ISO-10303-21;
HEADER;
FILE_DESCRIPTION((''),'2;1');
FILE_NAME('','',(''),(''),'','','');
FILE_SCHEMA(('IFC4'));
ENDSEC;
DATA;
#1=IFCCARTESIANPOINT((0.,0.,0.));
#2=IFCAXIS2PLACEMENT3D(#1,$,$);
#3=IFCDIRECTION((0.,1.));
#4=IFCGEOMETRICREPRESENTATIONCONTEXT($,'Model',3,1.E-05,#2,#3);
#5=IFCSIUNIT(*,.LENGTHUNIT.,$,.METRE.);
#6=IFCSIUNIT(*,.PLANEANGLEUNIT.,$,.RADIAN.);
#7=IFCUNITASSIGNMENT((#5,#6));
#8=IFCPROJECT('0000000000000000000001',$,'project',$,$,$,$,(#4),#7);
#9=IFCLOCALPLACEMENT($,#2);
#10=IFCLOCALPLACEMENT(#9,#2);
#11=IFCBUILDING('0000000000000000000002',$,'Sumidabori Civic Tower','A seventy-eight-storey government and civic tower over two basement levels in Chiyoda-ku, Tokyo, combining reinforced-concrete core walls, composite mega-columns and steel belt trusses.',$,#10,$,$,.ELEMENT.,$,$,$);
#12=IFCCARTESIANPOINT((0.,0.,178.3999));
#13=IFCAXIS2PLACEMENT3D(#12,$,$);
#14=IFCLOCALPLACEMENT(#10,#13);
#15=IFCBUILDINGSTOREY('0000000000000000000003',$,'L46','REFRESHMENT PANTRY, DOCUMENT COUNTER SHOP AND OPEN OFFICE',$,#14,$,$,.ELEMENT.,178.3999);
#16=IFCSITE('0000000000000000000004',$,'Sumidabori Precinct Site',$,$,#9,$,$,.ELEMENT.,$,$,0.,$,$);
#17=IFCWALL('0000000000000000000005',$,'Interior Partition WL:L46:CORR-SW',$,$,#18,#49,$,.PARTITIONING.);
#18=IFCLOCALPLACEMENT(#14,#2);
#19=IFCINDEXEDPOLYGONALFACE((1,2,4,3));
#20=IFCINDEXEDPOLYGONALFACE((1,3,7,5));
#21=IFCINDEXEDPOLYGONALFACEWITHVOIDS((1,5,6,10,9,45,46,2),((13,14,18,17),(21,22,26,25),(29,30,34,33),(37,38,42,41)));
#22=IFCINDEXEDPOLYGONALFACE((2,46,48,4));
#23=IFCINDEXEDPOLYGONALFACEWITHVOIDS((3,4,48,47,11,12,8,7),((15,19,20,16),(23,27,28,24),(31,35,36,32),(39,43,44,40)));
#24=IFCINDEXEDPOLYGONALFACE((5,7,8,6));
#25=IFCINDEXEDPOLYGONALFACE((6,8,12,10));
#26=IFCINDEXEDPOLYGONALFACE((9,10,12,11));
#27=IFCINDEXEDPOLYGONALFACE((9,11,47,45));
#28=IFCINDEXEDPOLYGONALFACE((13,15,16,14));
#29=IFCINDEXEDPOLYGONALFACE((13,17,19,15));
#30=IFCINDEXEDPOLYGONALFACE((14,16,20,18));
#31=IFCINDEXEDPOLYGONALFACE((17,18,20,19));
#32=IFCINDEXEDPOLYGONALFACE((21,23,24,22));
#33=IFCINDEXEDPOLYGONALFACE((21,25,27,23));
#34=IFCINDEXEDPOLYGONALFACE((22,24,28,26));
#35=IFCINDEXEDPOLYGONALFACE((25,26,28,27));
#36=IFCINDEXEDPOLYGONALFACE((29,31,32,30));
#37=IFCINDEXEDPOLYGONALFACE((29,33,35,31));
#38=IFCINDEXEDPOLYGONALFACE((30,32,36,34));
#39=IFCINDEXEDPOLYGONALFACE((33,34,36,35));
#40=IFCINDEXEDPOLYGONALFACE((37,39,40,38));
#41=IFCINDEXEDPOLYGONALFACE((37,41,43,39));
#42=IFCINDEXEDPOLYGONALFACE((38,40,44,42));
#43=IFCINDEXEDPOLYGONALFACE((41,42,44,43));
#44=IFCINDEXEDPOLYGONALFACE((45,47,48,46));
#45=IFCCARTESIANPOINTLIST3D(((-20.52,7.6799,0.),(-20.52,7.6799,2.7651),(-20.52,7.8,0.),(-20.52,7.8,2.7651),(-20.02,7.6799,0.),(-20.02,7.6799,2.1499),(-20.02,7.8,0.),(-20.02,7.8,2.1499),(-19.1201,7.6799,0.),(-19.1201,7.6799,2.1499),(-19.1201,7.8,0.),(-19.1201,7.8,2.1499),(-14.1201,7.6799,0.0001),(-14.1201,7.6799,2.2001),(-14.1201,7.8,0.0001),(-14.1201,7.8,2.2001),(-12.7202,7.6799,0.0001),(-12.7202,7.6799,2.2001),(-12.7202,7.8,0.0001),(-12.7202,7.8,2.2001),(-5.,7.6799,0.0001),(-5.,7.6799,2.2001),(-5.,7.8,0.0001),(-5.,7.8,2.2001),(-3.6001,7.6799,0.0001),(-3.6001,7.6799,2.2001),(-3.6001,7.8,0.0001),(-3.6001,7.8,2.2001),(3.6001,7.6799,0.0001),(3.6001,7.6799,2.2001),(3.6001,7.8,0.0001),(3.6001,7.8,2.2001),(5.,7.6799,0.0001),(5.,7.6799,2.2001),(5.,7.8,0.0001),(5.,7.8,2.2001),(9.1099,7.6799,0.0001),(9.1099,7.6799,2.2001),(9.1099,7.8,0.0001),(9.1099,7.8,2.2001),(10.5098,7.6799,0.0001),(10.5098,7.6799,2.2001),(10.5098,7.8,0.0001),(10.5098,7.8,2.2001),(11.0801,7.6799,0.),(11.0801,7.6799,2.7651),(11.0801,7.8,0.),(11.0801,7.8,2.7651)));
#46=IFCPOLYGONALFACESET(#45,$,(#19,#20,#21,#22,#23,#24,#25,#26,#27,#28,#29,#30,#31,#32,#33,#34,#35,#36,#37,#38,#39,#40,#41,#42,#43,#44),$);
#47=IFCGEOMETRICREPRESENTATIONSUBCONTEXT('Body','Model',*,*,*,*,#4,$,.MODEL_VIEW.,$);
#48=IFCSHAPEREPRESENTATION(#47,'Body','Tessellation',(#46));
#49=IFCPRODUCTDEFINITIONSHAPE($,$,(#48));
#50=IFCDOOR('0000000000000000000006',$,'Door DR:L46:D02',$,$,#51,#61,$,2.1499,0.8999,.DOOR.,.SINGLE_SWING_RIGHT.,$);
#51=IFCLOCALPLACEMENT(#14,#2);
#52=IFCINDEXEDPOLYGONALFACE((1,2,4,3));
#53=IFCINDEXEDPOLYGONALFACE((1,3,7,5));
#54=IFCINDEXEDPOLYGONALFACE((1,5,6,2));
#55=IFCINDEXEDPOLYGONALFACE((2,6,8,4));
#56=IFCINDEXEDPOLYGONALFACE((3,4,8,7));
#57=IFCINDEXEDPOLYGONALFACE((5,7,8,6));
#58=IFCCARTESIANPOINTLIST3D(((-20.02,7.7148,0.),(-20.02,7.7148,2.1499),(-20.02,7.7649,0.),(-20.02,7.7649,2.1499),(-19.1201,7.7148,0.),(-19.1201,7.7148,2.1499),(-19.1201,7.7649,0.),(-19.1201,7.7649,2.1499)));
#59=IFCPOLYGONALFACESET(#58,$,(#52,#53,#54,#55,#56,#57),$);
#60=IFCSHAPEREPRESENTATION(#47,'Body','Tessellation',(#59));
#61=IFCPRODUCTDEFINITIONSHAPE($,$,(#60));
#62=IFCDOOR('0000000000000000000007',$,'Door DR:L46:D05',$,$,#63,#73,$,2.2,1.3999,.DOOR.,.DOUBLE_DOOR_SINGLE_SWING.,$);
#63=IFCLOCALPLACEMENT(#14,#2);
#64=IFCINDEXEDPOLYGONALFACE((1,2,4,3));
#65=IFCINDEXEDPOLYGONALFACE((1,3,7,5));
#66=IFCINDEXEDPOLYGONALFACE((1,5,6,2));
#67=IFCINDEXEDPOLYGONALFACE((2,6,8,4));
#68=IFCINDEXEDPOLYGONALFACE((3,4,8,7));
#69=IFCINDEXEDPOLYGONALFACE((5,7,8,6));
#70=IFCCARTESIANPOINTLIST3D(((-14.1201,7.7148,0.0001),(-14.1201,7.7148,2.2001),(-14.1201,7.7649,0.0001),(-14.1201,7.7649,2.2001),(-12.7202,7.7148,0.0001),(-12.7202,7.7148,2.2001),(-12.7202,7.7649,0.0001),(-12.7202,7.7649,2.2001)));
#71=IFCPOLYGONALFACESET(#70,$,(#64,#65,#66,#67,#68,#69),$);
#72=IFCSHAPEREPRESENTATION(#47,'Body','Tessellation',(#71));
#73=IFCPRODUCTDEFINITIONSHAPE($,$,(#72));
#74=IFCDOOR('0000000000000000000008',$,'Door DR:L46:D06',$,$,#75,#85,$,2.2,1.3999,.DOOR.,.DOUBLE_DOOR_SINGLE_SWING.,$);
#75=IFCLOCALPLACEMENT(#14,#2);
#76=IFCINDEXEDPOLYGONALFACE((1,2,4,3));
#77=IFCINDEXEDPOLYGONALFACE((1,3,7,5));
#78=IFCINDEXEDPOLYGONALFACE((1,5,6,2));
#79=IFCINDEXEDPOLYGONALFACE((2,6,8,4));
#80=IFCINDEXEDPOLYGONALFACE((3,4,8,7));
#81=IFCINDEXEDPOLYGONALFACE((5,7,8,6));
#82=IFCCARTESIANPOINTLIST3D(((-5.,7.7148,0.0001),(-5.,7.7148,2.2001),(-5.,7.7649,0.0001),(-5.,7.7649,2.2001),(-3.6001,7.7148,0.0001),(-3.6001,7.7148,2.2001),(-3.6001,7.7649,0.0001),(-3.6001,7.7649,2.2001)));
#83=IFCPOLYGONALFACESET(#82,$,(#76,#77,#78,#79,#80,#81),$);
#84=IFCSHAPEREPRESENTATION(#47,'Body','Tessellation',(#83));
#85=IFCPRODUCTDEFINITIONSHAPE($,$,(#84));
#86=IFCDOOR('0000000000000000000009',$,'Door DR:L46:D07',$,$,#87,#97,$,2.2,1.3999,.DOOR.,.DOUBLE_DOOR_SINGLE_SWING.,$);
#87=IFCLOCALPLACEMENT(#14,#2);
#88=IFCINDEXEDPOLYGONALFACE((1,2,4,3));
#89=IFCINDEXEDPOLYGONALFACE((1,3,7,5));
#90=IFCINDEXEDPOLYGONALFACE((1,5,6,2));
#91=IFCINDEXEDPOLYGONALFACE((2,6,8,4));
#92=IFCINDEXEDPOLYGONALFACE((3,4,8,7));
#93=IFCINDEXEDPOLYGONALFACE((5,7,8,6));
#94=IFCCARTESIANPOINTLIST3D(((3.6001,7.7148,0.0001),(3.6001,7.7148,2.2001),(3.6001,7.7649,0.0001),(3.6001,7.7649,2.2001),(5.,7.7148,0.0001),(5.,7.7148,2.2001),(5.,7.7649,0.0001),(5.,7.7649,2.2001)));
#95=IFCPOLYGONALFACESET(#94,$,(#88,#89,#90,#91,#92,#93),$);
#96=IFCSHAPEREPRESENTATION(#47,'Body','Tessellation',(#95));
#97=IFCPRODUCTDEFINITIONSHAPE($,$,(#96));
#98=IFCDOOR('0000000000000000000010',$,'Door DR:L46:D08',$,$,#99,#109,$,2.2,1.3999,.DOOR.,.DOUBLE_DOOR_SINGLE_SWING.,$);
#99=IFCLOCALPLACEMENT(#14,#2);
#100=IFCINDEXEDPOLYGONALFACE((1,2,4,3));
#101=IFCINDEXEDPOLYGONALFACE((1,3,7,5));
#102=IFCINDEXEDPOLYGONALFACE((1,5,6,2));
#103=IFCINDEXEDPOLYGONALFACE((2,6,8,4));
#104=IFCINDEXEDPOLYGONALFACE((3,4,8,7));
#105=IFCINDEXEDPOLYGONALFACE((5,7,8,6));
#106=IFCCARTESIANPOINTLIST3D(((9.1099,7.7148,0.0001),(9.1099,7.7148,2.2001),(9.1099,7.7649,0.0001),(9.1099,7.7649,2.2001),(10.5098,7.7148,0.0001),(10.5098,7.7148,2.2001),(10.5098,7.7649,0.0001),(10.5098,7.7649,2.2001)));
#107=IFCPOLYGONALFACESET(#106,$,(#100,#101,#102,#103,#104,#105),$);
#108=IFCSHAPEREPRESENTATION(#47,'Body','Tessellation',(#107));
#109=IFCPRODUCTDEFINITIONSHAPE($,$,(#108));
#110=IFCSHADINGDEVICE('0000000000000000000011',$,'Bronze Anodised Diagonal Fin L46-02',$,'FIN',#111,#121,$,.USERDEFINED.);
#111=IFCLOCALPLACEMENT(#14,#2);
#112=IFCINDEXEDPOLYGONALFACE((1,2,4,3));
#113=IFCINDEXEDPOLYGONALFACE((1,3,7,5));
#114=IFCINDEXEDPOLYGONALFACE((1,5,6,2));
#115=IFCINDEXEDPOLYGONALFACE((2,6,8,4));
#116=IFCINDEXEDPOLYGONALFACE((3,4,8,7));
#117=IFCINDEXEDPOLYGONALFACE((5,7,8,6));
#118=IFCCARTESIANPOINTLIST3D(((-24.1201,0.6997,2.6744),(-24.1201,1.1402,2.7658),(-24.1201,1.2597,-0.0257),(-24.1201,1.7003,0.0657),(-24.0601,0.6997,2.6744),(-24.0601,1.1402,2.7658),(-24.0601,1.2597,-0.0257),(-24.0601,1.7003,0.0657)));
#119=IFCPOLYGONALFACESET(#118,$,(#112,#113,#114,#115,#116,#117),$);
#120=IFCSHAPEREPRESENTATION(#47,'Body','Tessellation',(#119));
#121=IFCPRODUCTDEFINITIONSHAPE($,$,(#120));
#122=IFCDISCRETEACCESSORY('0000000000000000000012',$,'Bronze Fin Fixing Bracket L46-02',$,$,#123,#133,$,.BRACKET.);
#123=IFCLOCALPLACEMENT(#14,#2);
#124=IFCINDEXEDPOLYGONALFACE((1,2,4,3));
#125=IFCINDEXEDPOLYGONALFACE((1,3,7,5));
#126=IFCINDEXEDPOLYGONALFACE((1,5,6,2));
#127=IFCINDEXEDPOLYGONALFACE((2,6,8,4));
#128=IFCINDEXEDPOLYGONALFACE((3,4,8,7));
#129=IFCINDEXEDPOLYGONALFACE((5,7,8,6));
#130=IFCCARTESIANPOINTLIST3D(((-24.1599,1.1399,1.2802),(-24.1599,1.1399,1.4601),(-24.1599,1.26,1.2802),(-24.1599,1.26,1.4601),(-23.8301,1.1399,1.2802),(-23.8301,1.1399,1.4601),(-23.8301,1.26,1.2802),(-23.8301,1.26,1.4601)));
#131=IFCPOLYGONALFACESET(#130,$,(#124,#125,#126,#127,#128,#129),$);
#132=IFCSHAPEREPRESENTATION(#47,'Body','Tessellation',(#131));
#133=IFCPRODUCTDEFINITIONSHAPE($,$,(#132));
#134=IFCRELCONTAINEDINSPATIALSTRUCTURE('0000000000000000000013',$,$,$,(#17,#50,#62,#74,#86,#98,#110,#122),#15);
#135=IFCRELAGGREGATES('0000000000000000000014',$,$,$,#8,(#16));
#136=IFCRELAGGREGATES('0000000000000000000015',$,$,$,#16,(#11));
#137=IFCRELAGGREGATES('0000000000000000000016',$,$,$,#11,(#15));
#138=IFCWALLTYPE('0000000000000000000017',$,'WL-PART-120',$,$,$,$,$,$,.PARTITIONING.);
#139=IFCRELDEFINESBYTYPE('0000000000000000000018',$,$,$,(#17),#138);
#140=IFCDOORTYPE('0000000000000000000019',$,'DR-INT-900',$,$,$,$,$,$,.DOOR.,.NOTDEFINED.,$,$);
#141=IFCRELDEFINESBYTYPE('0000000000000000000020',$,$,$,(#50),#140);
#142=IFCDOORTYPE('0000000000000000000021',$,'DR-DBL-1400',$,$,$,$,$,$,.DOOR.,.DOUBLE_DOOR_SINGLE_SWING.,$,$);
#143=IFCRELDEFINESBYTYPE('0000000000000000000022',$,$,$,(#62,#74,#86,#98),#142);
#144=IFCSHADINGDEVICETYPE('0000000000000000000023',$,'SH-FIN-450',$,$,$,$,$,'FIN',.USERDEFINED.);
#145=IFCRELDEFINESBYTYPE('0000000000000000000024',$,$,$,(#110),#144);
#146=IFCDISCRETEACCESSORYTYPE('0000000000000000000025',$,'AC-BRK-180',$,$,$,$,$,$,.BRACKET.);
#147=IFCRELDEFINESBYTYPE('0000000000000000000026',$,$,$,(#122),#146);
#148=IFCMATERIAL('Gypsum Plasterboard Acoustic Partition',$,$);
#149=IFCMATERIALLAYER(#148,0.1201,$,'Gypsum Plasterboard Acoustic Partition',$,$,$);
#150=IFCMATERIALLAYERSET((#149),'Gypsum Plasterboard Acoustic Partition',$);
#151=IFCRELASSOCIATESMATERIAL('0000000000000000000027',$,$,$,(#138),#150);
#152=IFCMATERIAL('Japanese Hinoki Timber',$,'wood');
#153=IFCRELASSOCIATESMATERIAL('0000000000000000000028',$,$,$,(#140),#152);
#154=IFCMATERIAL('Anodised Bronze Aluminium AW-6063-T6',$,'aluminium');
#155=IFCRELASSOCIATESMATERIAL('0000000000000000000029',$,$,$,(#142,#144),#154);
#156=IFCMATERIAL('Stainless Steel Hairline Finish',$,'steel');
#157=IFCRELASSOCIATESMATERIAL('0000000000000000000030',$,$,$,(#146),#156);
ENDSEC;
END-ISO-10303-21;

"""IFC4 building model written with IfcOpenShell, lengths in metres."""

from ifc_helpers import new_model, si_unit, direction, frame, frame_2d, origin, origin_2d, place, context, subcontext, project, spatial, rectangle, extrude, source, transform, mapped, material, layer, layer_set, material_profile, profile_set, type_object, element, fill, save


model = new_model("IFC4")

# Units and contexts
model_context = context("Model", 3, precision=1e-05, world=origin(), true_north=direction((0.0, 1.0)))
body_context = subcontext(model_context, "Body", "Model", "MODEL_VIEW")
ifc_project = project(units=[si_unit("LENGTHUNIT", "METRE"), si_unit("PLANEANGLEUNIT", "RADIAN")], contexts=[model_context])

# Site, building, storey
site_placement = place(None, origin())
site = spatial("IfcSite", under=ifc_project, at=site_placement, Name="Sumidabori Precinct Site", CompositionType="ELEMENT", RefElevation=0.0)
building_placement = place(site_placement, origin())
building = spatial("IfcBuilding", under=site, at=building_placement, Name="Sumidabori Civic Tower", Description="A seventy-eight-storey government and civic tower over two basement levels in Chiyoda-ku, Tokyo, combining reinforced-concrete core walls, composite mega-columns and steel belt trusses.", CompositionType="ELEMENT")
storey_placement = place(building_placement, frame((0.0, 0.0, 178.3999)))
storey = spatial("IfcBuildingStorey", under=building, at=storey_placement, Name="L46", Description="REFRESHMENT PANTRY, DOCUMENT COUNTER SHOP AND OPEN OFFICE", CompositionType="ELEMENT", Elevation=178.3999)

# Shared definitions
ifc_material_1 = material(Name="Anodised Bronze Aluminium AW-6063-T6", Category="aluminium")

# Shared definitions
ifc_material_2 = material(Name="Gypsum Plasterboard Acoustic Partition")
ifc_layer_1 = layer(ifc_material_2, 0.1201, Name="Gypsum Plasterboard Acoustic Partition")
ifc_layer_set_1 = layer_set([ifc_layer_1], Name="Gypsum Plasterboard Acoustic Partition")
wall_type = type_object("IfcWallType", Name="WL-PART-120", PredefinedType="PARTITIONING", material=ifc_layer_set_1)
ifc_material_3 = material(Name="Japanese Hinoki Timber", Category="wood")
door_type_1 = type_object("IfcDoorType", Name="DR-INT-900", OperationType="NOTDEFINED", PredefinedType="DOOR", material=ifc_material_3)
shared_shape_1 = source(origin(), body_context, "Body", "SweptSolid", [
    extrude(rectangle(XDim=0.8999, YDim=2.1499, at=frame_2d((0.45, 1.075))), frame((0.0, 0.0249, 0.0), z_axis=(0.0, -1.0, 0.0), x_axis=(1.0, 0.0, 0.0)), (0.0, 0.0, 1.0), 0.05),
])

# Wall, openings, doors
shared_shape_2 = source(origin(), body_context, "Body", "SweptSolid", [
    extrude(rectangle(XDim=31.6001, YDim=0.1201, at=frame_2d((15.8, 0.0))), origin(), (0.0, 0.0, 1.0), 2.7651),
])
wall_1_placement = place(storey_placement, frame((-20.52, 7.74, 0.0), z_axis=(0.0, 0.0, 1.0), x_axis=(1.0, 0.0, 0.0)))
wall_1 = element("IfcWall", 1, at=wall_1_placement, inside=storey, type_object=wall_type, Name="Interior Partition WL:L46:CORR-SW", PredefinedType="PARTITIONING", context=body_context, shape_type="MappedRepresentation", body=[
    mapped(shared_shape_2, transform((0.0, 0.0, 0.0), x_axis=(1.0, 0.0, 0.0), y_axis=(0.0, 1.0, 0.0), z_axis=(0.0, 0.0, 1.0), scale=1.0)),
])
opening_1_placement = place(wall_1_placement, frame((0.5, 0.0, 0.0)))
opening_1 = element("IfcOpeningElement", 2, at=opening_1_placement, cuts=wall_1, PredefinedType="OPENING", context=body_context, shape_type="SweptSolid", body=[
    extrude(rectangle(XDim=0.8999, YDim=2.1499, at=frame_2d((0.45, 1.075))), frame((0.0, 0.072, 0.0), z_axis=(0.0, -1.0, 0.0), x_axis=(1.0, 0.0, 0.0)), (0.0, 0.0, 1.0), 0.144),
])
opening_2_placement = place(wall_1_placement, frame((6.3999, 0.0, 0.0)))
opening_2 = element("IfcOpeningElement", 3, at=opening_2_placement, cuts=wall_1, PredefinedType="OPENING", context=body_context, shape_type="SweptSolid", body=[
    extrude(rectangle(XDim=1.3999, YDim=2.2, at=frame_2d((0.7, 1.1001))), frame((0.0, 0.072, 0.0), z_axis=(0.0, -1.0, 0.0), x_axis=(1.0, 0.0, 0.0)), (0.0, 0.0, 1.0), 0.144),
])
opening_3_placement = place(wall_1_placement, frame((15.52, 0.0, 0.0)))
opening_3 = element("IfcOpeningElement", 4, at=opening_3_placement, cuts=wall_1, PredefinedType="OPENING", context=body_context, shape_type="SweptSolid", body=[
    extrude(rectangle(XDim=1.3999, YDim=2.2, at=frame_2d((0.7, 1.1001))), frame((0.0, 0.072, 0.0), z_axis=(0.0, -1.0, 0.0), x_axis=(1.0, 0.0, 0.0)), (0.0, 0.0, 1.0), 0.144),
])
opening_4_placement = place(wall_1_placement, frame((24.1201, 0.0, 0.0)))
opening_4 = element("IfcOpeningElement", 5, at=opening_4_placement, cuts=wall_1, PredefinedType="OPENING", context=body_context, shape_type="SweptSolid", body=[
    extrude(rectangle(XDim=1.3999, YDim=2.2, at=frame_2d((0.7, 1.1001))), frame((0.0, 0.072, 0.0), z_axis=(0.0, -1.0, 0.0), x_axis=(1.0, 0.0, 0.0)), (0.0, 0.0, 1.0), 0.144),
])
opening_5_placement = place(wall_1_placement, frame((29.6299, 0.0, 0.0)))
opening_5 = element("IfcOpeningElement", 6, at=opening_5_placement, cuts=wall_1, PredefinedType="OPENING", context=body_context, shape_type="SweptSolid", body=[
    extrude(rectangle(XDim=1.3999, YDim=2.2, at=frame_2d((0.7, 1.1001))), frame((0.0, 0.072, 0.0), z_axis=(0.0, -1.0, 0.0), x_axis=(1.0, 0.0, 0.0)), (0.0, 0.0, 1.0), 0.144),
])
door_1_placement = place(opening_1_placement, origin())
door_1 = element("IfcDoor", 7, at=door_1_placement, inside=storey, type_object=door_type_1, Name="Door DR:L46:D02", OperationType="SINGLE_SWING_RIGHT", OverallHeight=2.1499, OverallWidth=0.8999, PredefinedType="DOOR", context=body_context, shape_type="MappedRepresentation", body=[
    mapped(shared_shape_1, transform((0.0, 0.0, 0.0), x_axis=(1.0, 0.0, 0.0), y_axis=(0.0, 1.0, 0.0), z_axis=(0.0, 0.0, 1.0), scale=1.0)),
])
fill(opening_1, door_1)
door_type_2 = type_object("IfcDoorType", Name="DR-DBL-1400", OperationType="DOUBLE_DOOR_SINGLE_SWING", PredefinedType="DOOR", material=ifc_material_1)
shared_shape_3 = source(origin(), body_context, "Body", "SweptSolid", [
    extrude(rectangle(XDim=1.3999, YDim=2.2, at=frame_2d((0.7, 1.1001))), frame((0.0, 0.0249, 0.0), z_axis=(0.0, -1.0, 0.0), x_axis=(1.0, 0.0, 0.0)), (0.0, 0.0, 1.0), 0.05),
])
door_2_placement = place(opening_2_placement, origin())
door_2 = element("IfcDoor", 8, at=door_2_placement, inside=storey, type_object=door_type_2, Name="Door DR:L46:D05", OperationType="DOUBLE_DOOR_SINGLE_SWING", OverallHeight=2.2, OverallWidth=1.3999, PredefinedType="DOOR", context=body_context, shape_type="MappedRepresentation", body=[
    mapped(shared_shape_3, transform((0.0, 0.0, 0.0), x_axis=(1.0, 0.0, 0.0), y_axis=(0.0, 1.0, 0.0), z_axis=(0.0, 0.0, 1.0), scale=1.0)),
])
fill(opening_2, door_2)
door_3_placement = place(opening_3_placement, origin())
door_3 = element("IfcDoor", 9, at=door_3_placement, inside=storey, type_object=door_type_2, Name="Door DR:L46:D06", OperationType="DOUBLE_DOOR_SINGLE_SWING", OverallHeight=2.2, OverallWidth=1.3999, PredefinedType="DOOR", context=body_context, shape_type="MappedRepresentation", body=[
    mapped(shared_shape_3, transform((0.0, 0.0, 0.0), x_axis=(1.0, 0.0, 0.0), y_axis=(0.0, 1.0, 0.0), z_axis=(0.0, 0.0, 1.0), scale=1.0)),
])
fill(opening_3, door_3)
door_4_placement = place(opening_4_placement, origin())
door_4 = element("IfcDoor", 10, at=door_4_placement, inside=storey, type_object=door_type_2, Name="Door DR:L46:D07", OperationType="DOUBLE_DOOR_SINGLE_SWING", OverallHeight=2.2, OverallWidth=1.3999, PredefinedType="DOOR", context=body_context, shape_type="MappedRepresentation", body=[
    mapped(shared_shape_3, transform((0.0, 0.0, 0.0), x_axis=(1.0, 0.0, 0.0), y_axis=(0.0, 1.0, 0.0), z_axis=(0.0, 0.0, 1.0), scale=1.0)),
])
fill(opening_4, door_4)
door_5_placement = place(opening_5_placement, origin())
door_5 = element("IfcDoor", 11, at=door_5_placement, inside=storey, type_object=door_type_2, Name="Door DR:L46:D08", OperationType="DOUBLE_DOOR_SINGLE_SWING", OverallHeight=2.2, OverallWidth=1.3999, PredefinedType="DOOR", context=body_context, shape_type="MappedRepresentation", body=[
    mapped(shared_shape_3, transform((0.0, 0.0, 0.0), x_axis=(1.0, 0.0, 0.0), y_axis=(0.0, 1.0, 0.0), z_axis=(0.0, 0.0, 1.0), scale=1.0)),
])
fill(opening_5, door_5)

# Shading device
ifc_material_profile_1 = material_profile(ifc_material_1, rectangle(XDim=0.0601, YDim=0.45, at=origin_2d()), Name="BRONZE FIN 450x60")
ifc_profile_set_1 = profile_set([ifc_material_profile_1], Name="Anodised Bronze Aluminium AW-6063-T6")
shading_device_type = type_object("IfcShadingDeviceType", Name="SH-FIN-450", ElementType="FIN", PredefinedType="USERDEFINED", material=ifc_profile_set_1)
shared_shape_4 = source(origin(), body_context, "Body", "SweptSolid", [
    extrude(rectangle(XDim=0.0601, YDim=0.45, at=origin_2d()), origin(), (0.0, 0.0, 1.0), 2.7576),
])
shading_device_placement = place(storey_placement, frame((-24.0901, 1.48, 0.02), z_axis=(0.0, -0.203092, 0.97916), x_axis=(-1.0, 0.0, 0.0)))
element("IfcShadingDevice", 12, at=shading_device_placement, inside=storey, type_object=shading_device_type, Name="Bronze Anodised Diagonal Fin L46-02", ObjectType="FIN", PredefinedType="USERDEFINED", context=body_context, shape_type="MappedRepresentation", body=[
    mapped(shared_shape_4, transform((0.0, 0.0, 0.0), x_axis=(1.0, 0.0, 0.0), y_axis=(0.0, 1.0, 0.0), z_axis=(0.0, 0.0, 1.0), scale=1.0)),
])

# Discrete accessory
ifc_material_4 = material(Name="Stainless Steel Hairline Finish", Category="steel")
ifc_material_profile_2 = material_profile(ifc_material_4, rectangle(XDim=0.1201, YDim=0.1799, at=origin_2d()), Name="STEEL BRACKET 180x120")
ifc_profile_set_2 = profile_set([ifc_material_profile_2], Name="Stainless Steel Hairline Finish")
discrete_accessory_type = type_object("IfcDiscreteAccessoryType", Name="AC-BRK-180", PredefinedType="BRACKET", material=ifc_profile_set_2)
shared_shape_5 = source(origin(), body_context, "Body", "SweptSolid", [
    extrude(rectangle(XDim=0.1201, YDim=0.1799, at=origin_2d()), origin(), (0.0, 0.0, 1.0), 0.3298),
])
discrete_accessory_placement = place(storey_placement, frame((-23.8301, 1.2, 1.3701), z_axis=(-1.0, 0.0, 0.0), x_axis=(0.0, -1.0, 0.0)))
element("IfcDiscreteAccessory", 13, at=discrete_accessory_placement, inside=storey, type_object=discrete_accessory_type, Name="Bronze Fin Fixing Bracket L46-02", PredefinedType="BRACKET", context=body_context, shape_type="MappedRepresentation", body=[
    mapped(shared_shape_5, transform((0.0, 0.0, 0.0), x_axis=(1.0, 0.0, 0.0), y_axis=(0.0, 1.0, 0.0), z_axis=(0.0, 0.0, 1.0), scale=1.0)),
])

save(model, "model.ifc")
